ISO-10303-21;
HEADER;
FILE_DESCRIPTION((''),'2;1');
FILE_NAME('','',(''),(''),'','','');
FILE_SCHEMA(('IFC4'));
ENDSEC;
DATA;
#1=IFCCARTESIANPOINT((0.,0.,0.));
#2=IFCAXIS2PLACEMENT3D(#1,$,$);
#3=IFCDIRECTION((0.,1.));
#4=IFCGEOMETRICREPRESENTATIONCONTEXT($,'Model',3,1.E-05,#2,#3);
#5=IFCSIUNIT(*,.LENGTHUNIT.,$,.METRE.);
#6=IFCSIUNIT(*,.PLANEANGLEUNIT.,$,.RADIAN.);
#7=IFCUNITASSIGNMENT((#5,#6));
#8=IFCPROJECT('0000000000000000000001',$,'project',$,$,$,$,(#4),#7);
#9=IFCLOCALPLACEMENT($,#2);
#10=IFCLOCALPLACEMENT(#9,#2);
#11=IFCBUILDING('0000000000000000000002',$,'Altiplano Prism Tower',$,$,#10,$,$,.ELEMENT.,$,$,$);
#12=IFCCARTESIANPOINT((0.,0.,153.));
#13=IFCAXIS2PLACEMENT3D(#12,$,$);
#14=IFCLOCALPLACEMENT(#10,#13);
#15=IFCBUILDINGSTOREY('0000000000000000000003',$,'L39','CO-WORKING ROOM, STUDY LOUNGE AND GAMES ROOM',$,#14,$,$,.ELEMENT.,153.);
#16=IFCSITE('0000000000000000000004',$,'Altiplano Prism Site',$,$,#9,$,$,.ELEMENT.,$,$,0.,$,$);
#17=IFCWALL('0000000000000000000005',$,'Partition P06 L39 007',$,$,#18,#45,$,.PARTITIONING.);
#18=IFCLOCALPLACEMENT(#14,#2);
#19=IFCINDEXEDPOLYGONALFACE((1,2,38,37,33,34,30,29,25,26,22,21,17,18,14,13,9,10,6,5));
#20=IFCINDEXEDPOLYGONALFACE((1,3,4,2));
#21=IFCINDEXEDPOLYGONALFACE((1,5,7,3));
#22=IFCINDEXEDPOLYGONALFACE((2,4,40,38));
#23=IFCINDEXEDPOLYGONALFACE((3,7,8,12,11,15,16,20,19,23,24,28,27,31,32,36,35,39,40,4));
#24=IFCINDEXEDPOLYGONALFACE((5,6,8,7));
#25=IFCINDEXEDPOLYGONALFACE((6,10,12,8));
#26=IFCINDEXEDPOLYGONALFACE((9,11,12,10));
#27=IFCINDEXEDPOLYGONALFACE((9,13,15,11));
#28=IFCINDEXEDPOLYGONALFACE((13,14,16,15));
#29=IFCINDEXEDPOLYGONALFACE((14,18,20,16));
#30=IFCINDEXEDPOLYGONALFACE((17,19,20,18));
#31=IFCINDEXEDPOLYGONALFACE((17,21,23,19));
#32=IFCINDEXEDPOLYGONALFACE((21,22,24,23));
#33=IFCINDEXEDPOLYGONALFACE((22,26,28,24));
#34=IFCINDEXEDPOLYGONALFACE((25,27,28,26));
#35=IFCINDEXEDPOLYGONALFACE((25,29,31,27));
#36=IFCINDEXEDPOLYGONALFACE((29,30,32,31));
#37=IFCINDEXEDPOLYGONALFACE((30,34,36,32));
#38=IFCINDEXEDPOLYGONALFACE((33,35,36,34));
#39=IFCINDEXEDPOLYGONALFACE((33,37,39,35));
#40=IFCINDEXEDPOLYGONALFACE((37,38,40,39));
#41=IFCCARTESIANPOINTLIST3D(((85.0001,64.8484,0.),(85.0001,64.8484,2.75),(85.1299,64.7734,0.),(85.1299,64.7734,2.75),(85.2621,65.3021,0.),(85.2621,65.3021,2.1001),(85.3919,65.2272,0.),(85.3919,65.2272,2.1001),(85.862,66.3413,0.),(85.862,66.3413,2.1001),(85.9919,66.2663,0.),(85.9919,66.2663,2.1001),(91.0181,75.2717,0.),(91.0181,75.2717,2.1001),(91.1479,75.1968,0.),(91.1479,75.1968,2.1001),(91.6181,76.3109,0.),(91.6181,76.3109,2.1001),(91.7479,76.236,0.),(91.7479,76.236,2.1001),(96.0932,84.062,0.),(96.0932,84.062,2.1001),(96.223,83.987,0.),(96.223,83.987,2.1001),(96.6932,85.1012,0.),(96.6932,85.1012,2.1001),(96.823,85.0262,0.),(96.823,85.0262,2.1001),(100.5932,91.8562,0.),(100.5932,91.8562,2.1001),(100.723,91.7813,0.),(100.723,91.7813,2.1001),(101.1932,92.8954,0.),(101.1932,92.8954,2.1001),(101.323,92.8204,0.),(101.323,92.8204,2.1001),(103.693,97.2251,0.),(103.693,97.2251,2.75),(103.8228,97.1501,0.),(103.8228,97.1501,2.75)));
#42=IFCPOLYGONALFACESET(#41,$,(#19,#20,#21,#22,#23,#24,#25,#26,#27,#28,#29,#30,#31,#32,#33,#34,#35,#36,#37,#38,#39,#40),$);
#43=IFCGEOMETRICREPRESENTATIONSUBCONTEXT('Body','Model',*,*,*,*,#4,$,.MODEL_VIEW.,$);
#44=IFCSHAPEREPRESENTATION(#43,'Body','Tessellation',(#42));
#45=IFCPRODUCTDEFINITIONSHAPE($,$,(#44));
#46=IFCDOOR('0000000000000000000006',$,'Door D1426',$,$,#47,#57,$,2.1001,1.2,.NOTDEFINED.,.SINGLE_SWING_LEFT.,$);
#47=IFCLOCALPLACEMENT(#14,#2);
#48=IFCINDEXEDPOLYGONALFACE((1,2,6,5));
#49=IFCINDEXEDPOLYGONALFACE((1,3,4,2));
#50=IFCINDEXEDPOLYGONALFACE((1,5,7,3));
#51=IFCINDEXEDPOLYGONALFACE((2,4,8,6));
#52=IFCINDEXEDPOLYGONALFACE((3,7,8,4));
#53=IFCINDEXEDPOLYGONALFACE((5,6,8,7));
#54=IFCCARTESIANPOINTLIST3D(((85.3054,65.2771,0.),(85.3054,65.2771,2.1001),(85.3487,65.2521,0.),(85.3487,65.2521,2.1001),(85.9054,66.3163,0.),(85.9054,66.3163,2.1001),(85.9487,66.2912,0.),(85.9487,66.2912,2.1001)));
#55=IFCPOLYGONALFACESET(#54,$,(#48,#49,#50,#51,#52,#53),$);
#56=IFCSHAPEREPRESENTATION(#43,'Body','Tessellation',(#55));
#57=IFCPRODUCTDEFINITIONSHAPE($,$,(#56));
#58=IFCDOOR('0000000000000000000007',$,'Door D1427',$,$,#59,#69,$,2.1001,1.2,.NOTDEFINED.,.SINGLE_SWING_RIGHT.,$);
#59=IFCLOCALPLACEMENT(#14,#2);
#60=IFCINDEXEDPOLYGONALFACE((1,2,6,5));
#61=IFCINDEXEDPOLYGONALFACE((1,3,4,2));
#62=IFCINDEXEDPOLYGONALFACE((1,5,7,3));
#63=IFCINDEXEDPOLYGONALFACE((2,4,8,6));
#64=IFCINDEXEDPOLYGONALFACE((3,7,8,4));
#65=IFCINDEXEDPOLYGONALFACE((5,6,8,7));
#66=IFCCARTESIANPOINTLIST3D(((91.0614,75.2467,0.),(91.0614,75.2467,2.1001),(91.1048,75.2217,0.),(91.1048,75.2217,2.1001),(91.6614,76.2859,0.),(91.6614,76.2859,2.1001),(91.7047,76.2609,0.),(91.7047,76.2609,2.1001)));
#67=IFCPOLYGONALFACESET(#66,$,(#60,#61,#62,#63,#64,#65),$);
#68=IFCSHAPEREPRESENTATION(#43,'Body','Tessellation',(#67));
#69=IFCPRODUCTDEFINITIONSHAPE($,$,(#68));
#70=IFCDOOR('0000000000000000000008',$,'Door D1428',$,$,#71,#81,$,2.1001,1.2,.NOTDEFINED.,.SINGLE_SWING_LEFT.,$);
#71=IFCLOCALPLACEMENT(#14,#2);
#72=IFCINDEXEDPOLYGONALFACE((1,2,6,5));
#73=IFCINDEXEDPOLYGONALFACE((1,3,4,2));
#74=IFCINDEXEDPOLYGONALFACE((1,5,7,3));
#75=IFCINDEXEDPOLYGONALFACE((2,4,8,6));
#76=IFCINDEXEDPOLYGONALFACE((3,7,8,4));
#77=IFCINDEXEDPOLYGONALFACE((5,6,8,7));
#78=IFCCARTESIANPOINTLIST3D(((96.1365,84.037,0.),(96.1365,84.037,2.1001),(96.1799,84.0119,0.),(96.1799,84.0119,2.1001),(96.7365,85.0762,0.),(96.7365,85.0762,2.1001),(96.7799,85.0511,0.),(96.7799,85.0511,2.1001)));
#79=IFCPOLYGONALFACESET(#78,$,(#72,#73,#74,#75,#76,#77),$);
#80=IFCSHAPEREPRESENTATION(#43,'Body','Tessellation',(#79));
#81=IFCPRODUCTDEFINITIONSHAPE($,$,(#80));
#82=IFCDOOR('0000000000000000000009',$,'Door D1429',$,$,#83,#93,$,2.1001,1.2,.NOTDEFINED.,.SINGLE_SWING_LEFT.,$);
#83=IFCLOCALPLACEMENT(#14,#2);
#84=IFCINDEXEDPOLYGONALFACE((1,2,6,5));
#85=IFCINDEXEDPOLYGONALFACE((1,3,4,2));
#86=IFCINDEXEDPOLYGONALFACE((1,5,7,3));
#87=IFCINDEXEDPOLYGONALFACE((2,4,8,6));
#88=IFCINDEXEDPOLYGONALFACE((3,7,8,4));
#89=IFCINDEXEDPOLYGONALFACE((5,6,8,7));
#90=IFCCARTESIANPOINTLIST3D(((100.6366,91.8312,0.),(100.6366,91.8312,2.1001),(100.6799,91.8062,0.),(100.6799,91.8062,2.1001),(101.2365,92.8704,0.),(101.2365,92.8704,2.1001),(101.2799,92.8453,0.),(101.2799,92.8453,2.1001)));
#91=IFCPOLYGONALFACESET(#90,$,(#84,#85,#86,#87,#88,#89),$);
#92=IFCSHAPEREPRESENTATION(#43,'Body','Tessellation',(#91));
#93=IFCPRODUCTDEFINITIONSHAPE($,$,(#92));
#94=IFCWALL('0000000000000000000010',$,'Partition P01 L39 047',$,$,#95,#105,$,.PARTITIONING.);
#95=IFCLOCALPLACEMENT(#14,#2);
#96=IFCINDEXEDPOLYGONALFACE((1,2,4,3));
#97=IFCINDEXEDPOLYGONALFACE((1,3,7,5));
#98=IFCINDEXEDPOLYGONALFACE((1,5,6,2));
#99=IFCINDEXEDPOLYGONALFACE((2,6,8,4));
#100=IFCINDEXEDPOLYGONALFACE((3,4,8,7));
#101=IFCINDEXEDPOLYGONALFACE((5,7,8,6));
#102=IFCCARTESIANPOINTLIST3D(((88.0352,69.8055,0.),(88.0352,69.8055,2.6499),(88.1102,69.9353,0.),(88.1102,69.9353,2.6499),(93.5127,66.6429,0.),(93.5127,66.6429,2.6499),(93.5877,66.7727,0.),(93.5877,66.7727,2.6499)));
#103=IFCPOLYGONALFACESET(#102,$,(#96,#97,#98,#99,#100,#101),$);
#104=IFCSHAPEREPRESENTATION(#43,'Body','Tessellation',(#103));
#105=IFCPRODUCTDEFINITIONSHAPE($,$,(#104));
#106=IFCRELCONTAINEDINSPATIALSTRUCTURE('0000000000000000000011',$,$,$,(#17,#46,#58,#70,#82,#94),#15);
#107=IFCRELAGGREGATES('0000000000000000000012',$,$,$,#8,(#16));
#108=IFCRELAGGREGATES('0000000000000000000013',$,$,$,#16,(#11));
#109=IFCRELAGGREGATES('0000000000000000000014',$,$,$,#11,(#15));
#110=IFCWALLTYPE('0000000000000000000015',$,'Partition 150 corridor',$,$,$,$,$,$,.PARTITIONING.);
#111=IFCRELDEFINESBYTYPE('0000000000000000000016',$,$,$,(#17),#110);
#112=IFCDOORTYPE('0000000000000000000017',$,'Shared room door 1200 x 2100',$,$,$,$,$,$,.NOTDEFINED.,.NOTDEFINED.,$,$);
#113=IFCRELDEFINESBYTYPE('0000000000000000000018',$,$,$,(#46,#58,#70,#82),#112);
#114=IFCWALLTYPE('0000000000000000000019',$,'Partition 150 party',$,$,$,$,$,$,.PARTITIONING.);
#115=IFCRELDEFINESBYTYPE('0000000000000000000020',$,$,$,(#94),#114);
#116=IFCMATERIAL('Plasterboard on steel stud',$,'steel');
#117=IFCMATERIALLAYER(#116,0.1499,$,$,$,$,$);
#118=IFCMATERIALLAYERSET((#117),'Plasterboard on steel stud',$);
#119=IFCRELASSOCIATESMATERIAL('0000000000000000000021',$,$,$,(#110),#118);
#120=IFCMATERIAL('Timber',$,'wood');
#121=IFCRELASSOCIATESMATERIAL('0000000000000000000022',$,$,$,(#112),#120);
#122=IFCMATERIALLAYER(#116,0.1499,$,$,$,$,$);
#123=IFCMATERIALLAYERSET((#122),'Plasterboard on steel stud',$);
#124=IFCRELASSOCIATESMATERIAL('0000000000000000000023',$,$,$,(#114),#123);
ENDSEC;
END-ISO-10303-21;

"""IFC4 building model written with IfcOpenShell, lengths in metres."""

from ifc_helpers import new_model, si_unit, direction, frame, frame_2d, origin, place, context, subcontext, project, spatial, rectangle, extrude, material, layer, layer_set, type_object, element, fill, save


model = new_model("IFC4")

# Units and contexts
model_context = context("Model", 3, precision=1e-05, world=origin(), true_north=direction((0.0, 1.0)))
body_context = subcontext(model_context, "Body", "Model", "MODEL_VIEW")
ifc_project = project(units=[si_unit("LENGTHUNIT", "METRE"), si_unit("PLANEANGLEUNIT", "RADIAN")], contexts=[model_context])

# Site, building, storey
site_placement = place(None, origin())
site = spatial("IfcSite", under=ifc_project, at=site_placement, Name="Altiplano Prism Site", CompositionType="ELEMENT", RefElevation=0.0)
building_placement = place(site_placement, origin())
building = spatial("IfcBuilding", under=site, at=building_placement, Name="Altiplano Prism Tower", CompositionType="ELEMENT")
storey_placement = place(building_placement, frame((0.0, 0.0, 153.0)))
storey = spatial("IfcBuildingStorey", under=building, at=storey_placement, Name="L39", Description="CO-WORKING ROOM, STUDY LOUNGE AND GAMES ROOM", CompositionType="ELEMENT", Elevation=153.0)

# Wall, openings, doors
ifc_material_1 = material(Name="Plasterboard on steel stud", Category="steel")
ifc_layer_1 = layer(ifc_material_1, 0.1499)
ifc_layer_set_1 = layer_set([ifc_layer_1], Name="Plasterboard on steel stud")
wall_type_1 = type_object("IfcWallType", Name="Partition 150 corridor", PredefinedType="PARTITIONING", material=ifc_layer_set_1)
wall_1_placement = place(storey_placement, frame((85.0649, 64.8108, 0.0), z_axis=(0.0, 0.0, 1.0), x_axis=(0.500003, 0.866023, 0.0)))
wall_1 = element("IfcWall", 1, at=wall_1_placement, inside=storey, type_object=wall_type_1, Name="Partition P06 L39 007", PredefinedType="PARTITIONING", context=body_context, shape_type="SweptSolid", body=[
    extrude(rectangle(XDim=37.3855, YDim=0.1499, at=frame_2d((18.6929, 0.0))), origin(), (0.0, 0.0, 1.0), 2.75),
])
opening_1_placement = place(wall_1_placement, frame((0.5239, 0.0, 0.0)))
opening_1 = element("IfcOpeningElement", 2, at=opening_1_placement, cuts=wall_1, PredefinedType="OPENING", context=body_context, shape_type="SweptSolid", body=[
    extrude(rectangle(XDim=1.2, YDim=2.1001, at=frame_2d((0.6001, 1.05))), frame((0.0, 0.0854, 0.0), z_axis=(0.0, -1.0, 0.0), x_axis=(1.0, 0.0, 0.0)), (0.0, 0.0, 1.0), 0.1709),
])
opening_2_placement = place(wall_1_placement, frame((12.0359, 0.0, 0.0)))
opening_2 = element("IfcOpeningElement", 3, at=opening_2_placement, cuts=wall_1, PredefinedType="OPENING", context=body_context, shape_type="SweptSolid", body=[
    extrude(rectangle(XDim=1.2, YDim=2.1001, at=frame_2d((0.6001, 1.05))), frame((0.0, 0.0854, 0.0), z_axis=(0.0, -1.0, 0.0), x_axis=(1.0, 0.0, 0.0)), (0.0, 0.0, 1.0), 0.1709),
])
opening_3_placement = place(wall_1_placement, frame((22.186, 0.0, 0.0)))
opening_3 = element("IfcOpeningElement", 4, at=opening_3_placement, cuts=wall_1, PredefinedType="OPENING", context=body_context, shape_type="SweptSolid", body=[
    extrude(rectangle(XDim=1.2, YDim=2.1001, at=frame_2d((0.6001, 1.05))), frame((0.0, 0.0854, 0.0), z_axis=(0.0, -1.0, 0.0), x_axis=(1.0, 0.0, 0.0)), (0.0, 0.0, 1.0), 0.1709),
])
opening_4_placement = place(wall_1_placement, frame((31.186, 0.0, 0.0)))
opening_4 = element("IfcOpeningElement", 5, at=opening_4_placement, cuts=wall_1, PredefinedType="OPENING", context=body_context, shape_type="SweptSolid", body=[
    extrude(rectangle(XDim=1.2, YDim=2.1001, at=frame_2d((0.6001, 1.05))), frame((0.0, 0.0854, 0.0), z_axis=(0.0, -1.0, 0.0), x_axis=(1.0, 0.0, 0.0)), (0.0, 0.0, 1.0), 0.1709),
])
ifc_material_2 = material(Name="Timber", Category="wood")
door_type = type_object("IfcDoorType", Name="Shared room door 1200 x 2100", OperationType="NOTDEFINED", PredefinedType="NOTDEFINED", material=ifc_material_2)
door_1_placement = place(opening_1_placement, origin())
door_1 = element("IfcDoor", 6, at=door_1_placement, inside=storey, type_object=door_type, Name="Door D1426", OperationType="SINGLE_SWING_LEFT", OverallHeight=2.1001, OverallWidth=1.2, PredefinedType="NOTDEFINED", context=body_context, shape_type="SweptSolid", body=[
    extrude(rectangle(XDim=1.2, YDim=2.1001, at=frame_2d((0.6001, 1.05))), frame((0.0, 0.0249, 0.0), z_axis=(0.0, -1.0, 0.0), x_axis=(1.0, 0.0, 0.0)), (0.0, 0.0, 1.0), 0.05),
])
fill(opening_1, door_1)
door_2_placement = place(opening_2_placement, origin())
door_2 = element("IfcDoor", 7, at=door_2_placement, inside=storey, type_object=door_type, Name="Door D1427", OperationType="SINGLE_SWING_RIGHT", OverallHeight=2.1001, OverallWidth=1.2, PredefinedType="NOTDEFINED", context=body_context, shape_type="SweptSolid", body=[
    extrude(rectangle(XDim=1.2, YDim=2.1001, at=frame_2d((0.6001, 1.05))), frame((0.0, 0.0249, 0.0), z_axis=(0.0, -1.0, 0.0), x_axis=(1.0, 0.0, 0.0)), (0.0, 0.0, 1.0), 0.05),
])
fill(opening_2, door_2)
door_3_placement = place(opening_3_placement, origin())
door_3 = element("IfcDoor", 8, at=door_3_placement, inside=storey, type_object=door_type, Name="Door D1428", OperationType="SINGLE_SWING_LEFT", OverallHeight=2.1001, OverallWidth=1.2, PredefinedType="NOTDEFINED", context=body_context, shape_type="SweptSolid", body=[
    extrude(rectangle(XDim=1.2, YDim=2.1001, at=frame_2d((0.6001, 1.05))), frame((0.0, 0.0249, 0.0), z_axis=(0.0, -1.0, 0.0), x_axis=(1.0, 0.0, 0.0)), (0.0, 0.0, 1.0), 0.05),
])
fill(opening_3, door_3)
door_4_placement = place(opening_4_placement, origin())
door_4 = element("IfcDoor", 9, at=door_4_placement, inside=storey, type_object=door_type, Name="Door D1429", OperationType="SINGLE_SWING_LEFT", OverallHeight=2.1001, OverallWidth=1.2, PredefinedType="NOTDEFINED", context=body_context, shape_type="SweptSolid", body=[
    extrude(rectangle(XDim=1.2, YDim=2.1001, at=frame_2d((0.6001, 1.05))), frame((0.0, 0.0249, 0.0), z_axis=(0.0, -1.0, 0.0), x_axis=(1.0, 0.0, 0.0)), (0.0, 0.0, 1.0), 0.05),
])
fill(opening_4, door_4)

# Wall
ifc_layer_2 = layer(ifc_material_1, 0.1499)
ifc_layer_set_2 = layer_set([ifc_layer_2], Name="Plasterboard on steel stud")
wall_type_2 = type_object("IfcWallType", Name="Partition 150 party", PredefinedType="PARTITIONING", material=ifc_layer_set_2)
wall_2_placement = place(storey_placement, frame((93.5503, 66.7078, 0.0), z_axis=(0.0, 0.0, 1.0), x_axis=(-0.866016, 0.500016, 0.0)))
element("IfcWall", 10, at=wall_2_placement, inside=storey, type_object=wall_type_2, Name="Partition P01 L39 047", PredefinedType="PARTITIONING", context=body_context, shape_type="SweptSolid", body=[
    extrude(rectangle(XDim=6.325, YDim=0.1499, at=frame_2d((3.1626, 0.0))), origin(), (0.0, 0.0, 1.0), 2.6499),
])

save(model, "model.ifc")
